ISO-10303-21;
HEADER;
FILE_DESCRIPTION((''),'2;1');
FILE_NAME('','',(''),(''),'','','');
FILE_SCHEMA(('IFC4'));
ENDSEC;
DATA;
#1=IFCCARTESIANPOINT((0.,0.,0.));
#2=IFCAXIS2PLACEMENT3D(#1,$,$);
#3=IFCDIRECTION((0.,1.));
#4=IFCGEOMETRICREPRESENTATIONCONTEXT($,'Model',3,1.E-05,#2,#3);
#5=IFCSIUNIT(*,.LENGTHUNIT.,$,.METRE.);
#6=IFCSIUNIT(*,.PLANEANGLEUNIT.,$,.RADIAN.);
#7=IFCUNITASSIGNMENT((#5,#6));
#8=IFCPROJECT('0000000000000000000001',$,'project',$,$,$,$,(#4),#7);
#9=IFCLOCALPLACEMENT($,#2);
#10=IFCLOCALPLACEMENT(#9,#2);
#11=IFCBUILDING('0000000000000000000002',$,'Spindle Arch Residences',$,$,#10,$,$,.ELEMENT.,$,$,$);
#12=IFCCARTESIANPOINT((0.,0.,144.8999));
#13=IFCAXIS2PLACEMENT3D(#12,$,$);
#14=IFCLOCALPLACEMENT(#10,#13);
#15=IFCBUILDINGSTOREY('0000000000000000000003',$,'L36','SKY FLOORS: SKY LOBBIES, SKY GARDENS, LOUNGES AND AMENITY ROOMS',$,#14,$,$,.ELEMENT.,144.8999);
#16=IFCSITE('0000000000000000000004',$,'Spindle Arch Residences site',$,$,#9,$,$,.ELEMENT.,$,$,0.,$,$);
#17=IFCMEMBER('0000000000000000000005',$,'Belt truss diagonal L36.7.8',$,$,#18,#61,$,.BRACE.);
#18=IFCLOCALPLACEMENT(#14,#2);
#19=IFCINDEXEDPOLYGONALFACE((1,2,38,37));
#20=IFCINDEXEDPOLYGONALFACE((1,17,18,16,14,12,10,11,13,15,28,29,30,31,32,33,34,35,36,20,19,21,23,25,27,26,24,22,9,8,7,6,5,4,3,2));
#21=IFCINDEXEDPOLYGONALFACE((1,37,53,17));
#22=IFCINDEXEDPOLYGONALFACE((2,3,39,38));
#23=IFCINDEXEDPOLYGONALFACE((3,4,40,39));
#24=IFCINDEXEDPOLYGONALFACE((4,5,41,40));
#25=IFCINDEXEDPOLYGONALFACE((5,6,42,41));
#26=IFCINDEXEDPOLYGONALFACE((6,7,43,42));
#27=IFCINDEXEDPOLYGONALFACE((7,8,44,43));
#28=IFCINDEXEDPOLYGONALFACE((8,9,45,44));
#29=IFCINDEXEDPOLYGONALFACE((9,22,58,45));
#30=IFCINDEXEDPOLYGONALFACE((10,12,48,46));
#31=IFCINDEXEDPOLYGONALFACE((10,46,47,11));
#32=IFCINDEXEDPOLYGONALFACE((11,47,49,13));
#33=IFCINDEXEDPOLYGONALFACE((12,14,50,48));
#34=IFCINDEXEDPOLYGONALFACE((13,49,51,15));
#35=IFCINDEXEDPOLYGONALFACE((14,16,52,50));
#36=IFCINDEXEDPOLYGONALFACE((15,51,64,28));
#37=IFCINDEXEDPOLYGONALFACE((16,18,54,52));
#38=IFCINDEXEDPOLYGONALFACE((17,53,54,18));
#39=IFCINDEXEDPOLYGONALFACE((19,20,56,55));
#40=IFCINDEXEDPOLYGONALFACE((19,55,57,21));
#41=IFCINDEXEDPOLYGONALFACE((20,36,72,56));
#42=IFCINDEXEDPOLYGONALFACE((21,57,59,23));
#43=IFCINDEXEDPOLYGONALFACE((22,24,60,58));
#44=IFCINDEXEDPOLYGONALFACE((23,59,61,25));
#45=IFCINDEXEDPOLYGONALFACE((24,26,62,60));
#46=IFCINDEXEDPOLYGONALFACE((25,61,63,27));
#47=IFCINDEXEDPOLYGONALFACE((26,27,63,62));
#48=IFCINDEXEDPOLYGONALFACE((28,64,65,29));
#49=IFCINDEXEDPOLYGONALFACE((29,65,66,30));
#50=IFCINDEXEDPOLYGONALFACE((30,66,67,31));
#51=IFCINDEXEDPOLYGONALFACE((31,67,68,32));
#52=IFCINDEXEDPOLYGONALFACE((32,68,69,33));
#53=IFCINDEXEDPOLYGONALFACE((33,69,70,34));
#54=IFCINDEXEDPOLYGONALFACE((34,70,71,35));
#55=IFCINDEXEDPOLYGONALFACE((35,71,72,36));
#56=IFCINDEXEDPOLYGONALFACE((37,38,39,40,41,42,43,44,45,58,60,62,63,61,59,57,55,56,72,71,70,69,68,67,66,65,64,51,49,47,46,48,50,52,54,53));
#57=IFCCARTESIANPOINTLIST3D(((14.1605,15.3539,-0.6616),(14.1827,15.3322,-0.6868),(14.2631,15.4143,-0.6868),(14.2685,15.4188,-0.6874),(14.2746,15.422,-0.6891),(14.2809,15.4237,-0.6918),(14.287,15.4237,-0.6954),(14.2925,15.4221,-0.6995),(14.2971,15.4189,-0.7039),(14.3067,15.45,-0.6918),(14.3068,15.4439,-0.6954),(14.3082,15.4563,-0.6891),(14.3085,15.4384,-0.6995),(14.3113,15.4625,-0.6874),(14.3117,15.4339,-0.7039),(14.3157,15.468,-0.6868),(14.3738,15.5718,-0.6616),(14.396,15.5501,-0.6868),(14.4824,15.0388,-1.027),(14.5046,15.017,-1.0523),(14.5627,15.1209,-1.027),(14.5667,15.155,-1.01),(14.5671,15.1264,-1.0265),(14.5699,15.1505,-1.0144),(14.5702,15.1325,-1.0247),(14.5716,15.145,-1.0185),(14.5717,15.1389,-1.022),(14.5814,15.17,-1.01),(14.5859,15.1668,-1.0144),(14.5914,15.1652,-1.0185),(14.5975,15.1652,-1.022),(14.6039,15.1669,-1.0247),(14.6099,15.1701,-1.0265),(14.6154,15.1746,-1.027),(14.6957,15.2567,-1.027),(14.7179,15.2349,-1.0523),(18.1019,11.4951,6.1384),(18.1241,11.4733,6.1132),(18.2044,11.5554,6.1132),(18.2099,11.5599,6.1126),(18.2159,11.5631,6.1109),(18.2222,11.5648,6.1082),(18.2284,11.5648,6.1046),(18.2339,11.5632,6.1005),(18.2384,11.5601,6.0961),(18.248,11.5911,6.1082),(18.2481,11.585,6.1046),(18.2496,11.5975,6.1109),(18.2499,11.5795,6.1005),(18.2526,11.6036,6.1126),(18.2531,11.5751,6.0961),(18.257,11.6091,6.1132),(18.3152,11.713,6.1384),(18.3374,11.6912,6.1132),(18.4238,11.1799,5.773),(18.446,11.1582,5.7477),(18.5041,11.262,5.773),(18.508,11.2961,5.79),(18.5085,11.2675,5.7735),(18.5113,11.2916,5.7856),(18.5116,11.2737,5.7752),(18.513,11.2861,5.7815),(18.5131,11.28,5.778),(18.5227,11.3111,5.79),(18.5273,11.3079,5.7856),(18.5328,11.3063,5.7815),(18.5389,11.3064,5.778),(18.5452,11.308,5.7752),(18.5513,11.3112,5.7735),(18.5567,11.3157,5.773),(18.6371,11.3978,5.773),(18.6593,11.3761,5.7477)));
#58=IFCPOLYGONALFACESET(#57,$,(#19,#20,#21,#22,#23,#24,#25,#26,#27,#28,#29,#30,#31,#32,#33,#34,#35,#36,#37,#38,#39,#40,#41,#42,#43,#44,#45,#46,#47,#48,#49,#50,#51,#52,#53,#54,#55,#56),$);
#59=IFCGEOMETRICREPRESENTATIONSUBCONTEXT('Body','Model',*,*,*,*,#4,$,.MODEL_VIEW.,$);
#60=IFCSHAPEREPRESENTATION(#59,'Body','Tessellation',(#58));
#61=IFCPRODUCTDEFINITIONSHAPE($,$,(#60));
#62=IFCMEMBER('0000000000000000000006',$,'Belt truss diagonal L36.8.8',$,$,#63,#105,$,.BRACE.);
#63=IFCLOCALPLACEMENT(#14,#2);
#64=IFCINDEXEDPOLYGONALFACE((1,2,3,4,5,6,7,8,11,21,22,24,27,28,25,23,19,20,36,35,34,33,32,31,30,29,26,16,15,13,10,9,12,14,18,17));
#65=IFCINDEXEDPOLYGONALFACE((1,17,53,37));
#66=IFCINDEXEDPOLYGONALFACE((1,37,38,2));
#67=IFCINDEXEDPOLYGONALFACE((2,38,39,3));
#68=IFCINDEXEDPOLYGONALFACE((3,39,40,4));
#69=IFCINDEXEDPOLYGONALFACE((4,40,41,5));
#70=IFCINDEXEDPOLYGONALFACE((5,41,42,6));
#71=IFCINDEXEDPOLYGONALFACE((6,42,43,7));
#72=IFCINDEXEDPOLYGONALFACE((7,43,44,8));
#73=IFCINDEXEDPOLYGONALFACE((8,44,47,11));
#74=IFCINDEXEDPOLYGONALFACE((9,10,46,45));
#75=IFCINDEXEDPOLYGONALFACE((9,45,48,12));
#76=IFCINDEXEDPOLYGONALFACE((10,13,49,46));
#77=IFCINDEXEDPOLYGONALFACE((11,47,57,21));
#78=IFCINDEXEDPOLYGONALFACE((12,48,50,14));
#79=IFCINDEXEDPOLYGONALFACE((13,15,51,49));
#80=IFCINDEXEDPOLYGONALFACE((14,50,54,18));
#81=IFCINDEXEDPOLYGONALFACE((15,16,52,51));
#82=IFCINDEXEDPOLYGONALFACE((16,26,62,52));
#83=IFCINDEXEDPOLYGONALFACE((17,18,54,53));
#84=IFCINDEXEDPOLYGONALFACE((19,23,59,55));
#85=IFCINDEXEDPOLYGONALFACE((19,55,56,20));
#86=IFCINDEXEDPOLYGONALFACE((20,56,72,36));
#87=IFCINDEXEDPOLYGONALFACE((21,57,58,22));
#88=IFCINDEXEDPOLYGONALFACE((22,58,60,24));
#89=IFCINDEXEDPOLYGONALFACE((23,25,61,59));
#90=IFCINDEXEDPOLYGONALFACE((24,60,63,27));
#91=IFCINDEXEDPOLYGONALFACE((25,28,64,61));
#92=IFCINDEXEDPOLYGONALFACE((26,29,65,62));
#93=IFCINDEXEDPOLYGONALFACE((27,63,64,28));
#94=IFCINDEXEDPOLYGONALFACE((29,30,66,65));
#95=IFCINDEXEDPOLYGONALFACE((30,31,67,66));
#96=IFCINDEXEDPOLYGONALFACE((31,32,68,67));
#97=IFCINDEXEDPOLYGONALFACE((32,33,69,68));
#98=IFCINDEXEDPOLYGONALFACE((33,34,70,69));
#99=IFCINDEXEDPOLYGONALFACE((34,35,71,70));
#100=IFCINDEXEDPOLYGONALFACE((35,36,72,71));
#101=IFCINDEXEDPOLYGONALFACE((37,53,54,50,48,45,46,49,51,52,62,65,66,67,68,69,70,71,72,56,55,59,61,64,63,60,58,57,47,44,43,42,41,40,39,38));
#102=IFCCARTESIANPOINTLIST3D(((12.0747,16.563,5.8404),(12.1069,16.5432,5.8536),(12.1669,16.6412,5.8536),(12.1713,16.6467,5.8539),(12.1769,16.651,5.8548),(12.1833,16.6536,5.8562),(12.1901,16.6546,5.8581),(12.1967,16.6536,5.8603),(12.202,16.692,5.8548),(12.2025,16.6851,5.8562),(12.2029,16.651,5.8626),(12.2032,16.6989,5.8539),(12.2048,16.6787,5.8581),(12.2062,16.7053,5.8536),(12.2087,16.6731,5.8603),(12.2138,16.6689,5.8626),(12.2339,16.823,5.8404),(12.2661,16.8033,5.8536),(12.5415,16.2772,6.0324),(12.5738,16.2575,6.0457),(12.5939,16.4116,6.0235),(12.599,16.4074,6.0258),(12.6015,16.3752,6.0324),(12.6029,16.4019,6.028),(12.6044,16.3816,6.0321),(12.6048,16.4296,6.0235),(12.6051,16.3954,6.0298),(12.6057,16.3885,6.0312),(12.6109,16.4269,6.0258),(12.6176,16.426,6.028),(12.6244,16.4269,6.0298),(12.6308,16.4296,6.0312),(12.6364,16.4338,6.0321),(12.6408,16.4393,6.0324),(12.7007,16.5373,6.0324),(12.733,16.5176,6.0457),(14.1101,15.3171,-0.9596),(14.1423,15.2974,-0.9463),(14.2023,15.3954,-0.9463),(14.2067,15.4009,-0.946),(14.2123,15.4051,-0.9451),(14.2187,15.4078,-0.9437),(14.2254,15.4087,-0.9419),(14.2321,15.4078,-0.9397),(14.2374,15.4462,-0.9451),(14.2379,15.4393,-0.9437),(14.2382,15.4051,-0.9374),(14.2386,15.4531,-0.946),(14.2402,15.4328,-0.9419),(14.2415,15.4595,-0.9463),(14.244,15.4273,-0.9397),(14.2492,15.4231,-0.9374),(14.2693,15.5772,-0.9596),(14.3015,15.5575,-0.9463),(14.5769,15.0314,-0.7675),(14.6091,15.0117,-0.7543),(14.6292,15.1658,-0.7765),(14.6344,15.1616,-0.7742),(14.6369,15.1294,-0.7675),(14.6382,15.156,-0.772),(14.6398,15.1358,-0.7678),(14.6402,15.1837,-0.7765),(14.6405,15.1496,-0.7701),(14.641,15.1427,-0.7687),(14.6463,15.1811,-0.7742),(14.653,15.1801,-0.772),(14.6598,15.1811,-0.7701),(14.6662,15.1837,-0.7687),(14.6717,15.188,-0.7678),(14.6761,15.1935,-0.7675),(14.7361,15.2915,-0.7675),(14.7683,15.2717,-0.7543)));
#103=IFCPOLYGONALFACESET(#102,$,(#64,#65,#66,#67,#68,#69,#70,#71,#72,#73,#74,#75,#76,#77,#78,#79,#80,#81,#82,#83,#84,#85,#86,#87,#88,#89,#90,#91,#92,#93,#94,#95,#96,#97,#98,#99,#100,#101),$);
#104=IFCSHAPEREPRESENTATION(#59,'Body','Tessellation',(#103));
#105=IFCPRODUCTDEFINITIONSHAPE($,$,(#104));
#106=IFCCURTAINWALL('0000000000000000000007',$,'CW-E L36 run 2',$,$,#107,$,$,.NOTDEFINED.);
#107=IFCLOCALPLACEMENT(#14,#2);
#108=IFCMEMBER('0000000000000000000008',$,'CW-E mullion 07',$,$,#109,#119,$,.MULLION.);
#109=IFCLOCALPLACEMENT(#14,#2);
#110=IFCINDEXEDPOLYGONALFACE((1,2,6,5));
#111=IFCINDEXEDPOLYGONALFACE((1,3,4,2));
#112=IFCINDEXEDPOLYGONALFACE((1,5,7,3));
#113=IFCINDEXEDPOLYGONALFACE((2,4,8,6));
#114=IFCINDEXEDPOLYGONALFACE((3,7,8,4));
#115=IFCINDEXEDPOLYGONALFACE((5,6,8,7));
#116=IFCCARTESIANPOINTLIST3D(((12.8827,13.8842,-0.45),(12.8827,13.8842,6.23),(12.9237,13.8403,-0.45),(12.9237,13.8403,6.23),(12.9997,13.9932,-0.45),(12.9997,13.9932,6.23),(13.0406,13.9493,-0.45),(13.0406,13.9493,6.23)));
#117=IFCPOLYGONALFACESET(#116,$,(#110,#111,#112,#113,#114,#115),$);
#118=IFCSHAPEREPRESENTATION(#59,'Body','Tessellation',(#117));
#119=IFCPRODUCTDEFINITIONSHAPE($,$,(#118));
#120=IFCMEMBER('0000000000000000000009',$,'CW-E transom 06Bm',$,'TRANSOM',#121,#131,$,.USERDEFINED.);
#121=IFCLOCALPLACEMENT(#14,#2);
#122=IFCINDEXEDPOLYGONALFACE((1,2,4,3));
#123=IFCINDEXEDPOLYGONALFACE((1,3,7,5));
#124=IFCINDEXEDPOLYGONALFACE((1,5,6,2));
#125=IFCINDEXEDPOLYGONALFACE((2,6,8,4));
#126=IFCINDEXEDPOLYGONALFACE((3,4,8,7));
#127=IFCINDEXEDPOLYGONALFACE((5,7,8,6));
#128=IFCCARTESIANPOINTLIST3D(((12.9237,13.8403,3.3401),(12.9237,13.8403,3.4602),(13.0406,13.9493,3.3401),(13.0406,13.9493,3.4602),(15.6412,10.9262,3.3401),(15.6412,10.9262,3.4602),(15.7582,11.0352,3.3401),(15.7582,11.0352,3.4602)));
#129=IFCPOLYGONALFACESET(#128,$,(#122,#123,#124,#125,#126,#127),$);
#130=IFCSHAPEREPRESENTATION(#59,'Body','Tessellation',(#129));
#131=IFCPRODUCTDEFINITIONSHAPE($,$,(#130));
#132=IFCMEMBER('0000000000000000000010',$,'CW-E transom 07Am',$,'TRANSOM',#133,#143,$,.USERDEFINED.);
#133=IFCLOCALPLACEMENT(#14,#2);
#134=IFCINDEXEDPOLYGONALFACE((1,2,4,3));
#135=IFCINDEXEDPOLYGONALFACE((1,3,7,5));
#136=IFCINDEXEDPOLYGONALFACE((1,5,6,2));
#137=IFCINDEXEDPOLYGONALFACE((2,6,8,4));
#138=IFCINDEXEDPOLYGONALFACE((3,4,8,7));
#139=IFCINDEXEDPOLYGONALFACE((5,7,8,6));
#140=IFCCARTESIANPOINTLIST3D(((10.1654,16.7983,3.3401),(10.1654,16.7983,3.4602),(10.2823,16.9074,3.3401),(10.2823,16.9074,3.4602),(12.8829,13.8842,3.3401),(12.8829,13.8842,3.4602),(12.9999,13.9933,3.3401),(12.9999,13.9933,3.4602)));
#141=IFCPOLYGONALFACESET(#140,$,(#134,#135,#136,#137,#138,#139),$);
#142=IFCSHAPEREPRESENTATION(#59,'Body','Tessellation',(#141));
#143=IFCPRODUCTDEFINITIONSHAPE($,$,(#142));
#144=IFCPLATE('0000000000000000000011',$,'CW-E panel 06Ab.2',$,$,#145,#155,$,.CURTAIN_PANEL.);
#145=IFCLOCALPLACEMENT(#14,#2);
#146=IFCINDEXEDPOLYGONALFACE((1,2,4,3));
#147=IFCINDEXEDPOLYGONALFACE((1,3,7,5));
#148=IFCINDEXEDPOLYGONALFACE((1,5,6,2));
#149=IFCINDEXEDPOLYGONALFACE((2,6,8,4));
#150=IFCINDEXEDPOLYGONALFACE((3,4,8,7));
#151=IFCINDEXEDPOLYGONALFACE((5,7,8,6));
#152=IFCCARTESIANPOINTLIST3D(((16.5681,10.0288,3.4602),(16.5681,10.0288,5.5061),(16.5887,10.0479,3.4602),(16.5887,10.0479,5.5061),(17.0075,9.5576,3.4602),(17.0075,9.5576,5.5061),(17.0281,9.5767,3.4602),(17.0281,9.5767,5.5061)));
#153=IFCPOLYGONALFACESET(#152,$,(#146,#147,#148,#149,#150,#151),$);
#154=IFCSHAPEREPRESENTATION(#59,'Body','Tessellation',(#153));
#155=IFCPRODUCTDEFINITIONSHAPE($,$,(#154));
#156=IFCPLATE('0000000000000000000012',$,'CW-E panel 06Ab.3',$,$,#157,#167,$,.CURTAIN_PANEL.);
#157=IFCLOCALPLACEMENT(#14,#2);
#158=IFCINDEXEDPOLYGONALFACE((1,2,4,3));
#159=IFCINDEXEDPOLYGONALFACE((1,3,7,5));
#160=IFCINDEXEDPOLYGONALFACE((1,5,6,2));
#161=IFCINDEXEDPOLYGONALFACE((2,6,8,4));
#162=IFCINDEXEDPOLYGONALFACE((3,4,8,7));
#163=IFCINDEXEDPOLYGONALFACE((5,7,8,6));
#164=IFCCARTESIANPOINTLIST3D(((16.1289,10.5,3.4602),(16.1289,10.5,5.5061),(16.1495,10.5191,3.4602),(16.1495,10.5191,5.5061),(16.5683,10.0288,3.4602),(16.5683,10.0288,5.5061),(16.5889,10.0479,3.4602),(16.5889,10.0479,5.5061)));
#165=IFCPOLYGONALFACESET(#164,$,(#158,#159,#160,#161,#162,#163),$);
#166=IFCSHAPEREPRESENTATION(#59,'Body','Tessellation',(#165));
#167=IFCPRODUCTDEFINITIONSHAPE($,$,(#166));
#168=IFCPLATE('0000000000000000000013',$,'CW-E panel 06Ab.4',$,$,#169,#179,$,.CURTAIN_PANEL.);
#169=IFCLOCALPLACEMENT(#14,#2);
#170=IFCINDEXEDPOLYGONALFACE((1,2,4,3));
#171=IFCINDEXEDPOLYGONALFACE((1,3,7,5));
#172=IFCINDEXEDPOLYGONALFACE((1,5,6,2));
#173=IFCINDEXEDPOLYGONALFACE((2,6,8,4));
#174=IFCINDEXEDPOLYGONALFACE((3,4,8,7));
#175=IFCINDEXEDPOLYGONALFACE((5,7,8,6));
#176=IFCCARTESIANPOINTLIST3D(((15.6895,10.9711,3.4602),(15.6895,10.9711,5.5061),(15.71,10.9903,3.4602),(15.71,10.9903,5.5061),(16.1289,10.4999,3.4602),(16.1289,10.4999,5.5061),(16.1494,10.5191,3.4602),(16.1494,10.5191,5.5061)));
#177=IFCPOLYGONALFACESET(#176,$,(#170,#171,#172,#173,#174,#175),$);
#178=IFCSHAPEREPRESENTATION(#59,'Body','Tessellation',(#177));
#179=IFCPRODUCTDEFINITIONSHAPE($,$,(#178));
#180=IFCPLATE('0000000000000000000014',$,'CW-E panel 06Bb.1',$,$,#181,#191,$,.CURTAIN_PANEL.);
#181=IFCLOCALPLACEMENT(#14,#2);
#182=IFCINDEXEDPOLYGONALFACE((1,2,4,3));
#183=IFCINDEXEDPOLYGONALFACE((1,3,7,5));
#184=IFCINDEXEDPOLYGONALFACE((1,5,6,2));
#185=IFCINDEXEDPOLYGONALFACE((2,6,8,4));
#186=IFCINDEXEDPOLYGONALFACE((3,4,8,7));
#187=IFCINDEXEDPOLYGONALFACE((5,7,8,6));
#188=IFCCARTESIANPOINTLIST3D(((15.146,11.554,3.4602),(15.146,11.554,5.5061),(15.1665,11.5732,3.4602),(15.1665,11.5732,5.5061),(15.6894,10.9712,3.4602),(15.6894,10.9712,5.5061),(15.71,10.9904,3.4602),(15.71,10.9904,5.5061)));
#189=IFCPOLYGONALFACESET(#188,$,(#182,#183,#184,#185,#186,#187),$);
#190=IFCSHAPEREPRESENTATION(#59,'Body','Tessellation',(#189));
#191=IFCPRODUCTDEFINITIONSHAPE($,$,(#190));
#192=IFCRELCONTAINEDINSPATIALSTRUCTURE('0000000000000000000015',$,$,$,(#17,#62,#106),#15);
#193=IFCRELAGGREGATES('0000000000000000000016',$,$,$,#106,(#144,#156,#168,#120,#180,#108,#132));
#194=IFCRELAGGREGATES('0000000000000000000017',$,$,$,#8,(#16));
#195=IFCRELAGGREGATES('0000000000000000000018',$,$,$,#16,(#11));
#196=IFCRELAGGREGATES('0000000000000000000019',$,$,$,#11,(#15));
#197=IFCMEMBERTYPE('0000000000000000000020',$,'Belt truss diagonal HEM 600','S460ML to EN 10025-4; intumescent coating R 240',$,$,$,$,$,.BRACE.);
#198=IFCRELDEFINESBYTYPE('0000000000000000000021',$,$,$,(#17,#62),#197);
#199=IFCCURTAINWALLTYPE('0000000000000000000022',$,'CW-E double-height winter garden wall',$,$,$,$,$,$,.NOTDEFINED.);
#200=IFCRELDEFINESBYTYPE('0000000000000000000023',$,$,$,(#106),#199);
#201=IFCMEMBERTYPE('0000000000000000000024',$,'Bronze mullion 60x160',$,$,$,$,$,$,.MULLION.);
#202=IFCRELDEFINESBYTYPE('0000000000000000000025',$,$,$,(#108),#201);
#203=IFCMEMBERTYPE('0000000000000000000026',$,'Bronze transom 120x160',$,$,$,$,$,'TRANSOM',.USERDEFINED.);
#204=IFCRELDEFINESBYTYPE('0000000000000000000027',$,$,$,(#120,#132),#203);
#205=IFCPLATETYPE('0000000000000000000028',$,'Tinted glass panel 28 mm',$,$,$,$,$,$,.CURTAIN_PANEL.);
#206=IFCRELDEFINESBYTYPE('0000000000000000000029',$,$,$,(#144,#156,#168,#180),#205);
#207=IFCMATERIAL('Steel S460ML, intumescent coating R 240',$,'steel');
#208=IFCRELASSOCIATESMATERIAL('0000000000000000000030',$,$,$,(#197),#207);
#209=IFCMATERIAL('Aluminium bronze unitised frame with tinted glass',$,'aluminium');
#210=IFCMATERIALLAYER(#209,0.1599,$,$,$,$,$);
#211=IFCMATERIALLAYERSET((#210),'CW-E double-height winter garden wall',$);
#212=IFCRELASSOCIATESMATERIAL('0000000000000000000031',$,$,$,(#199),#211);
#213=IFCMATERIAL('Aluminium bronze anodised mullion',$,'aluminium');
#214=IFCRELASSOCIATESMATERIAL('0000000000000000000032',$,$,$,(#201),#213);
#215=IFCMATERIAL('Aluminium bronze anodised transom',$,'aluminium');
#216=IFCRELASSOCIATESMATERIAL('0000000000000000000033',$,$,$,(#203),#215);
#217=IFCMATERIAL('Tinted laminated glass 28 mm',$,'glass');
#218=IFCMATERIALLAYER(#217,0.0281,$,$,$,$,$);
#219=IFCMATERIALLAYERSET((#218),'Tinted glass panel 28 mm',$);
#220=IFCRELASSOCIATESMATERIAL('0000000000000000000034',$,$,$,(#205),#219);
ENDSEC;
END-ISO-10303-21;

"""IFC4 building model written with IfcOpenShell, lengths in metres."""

from ifc_helpers import new_model, si_unit, direction, frame, origin, origin_2d, place, context, subcontext, project, spatial, rectangle, i_section, extrude, material, layer, layer_set, material_profile, profile_set, type_object, element, aggregate, save


model = new_model("IFC4")

# Units and contexts
model_context = context("Model", 3, precision=1e-05, world=origin(), true_north=direction((0.0, 1.0)))
body_context = subcontext(model_context, "Body", "Model", "MODEL_VIEW")
ifc_project = project(units=[si_unit("LENGTHUNIT", "METRE"), si_unit("PLANEANGLEUNIT", "RADIAN")], contexts=[model_context])

# Site, building, storey
site_placement = place(None, origin())
site = spatial("IfcSite", under=ifc_project, at=site_placement, Name="Spindle Arch Residences site", CompositionType="ELEMENT", RefElevation=0.0)
building_placement = place(site_placement, origin())
building = spatial("IfcBuilding", under=site, at=building_placement, Name="Spindle Arch Residences", CompositionType="ELEMENT")
storey_placement = place(building_placement, frame((0.0, 0.0, 144.8999)))
storey = spatial("IfcBuildingStorey", under=building, at=storey_placement, Name="L36", Description="SKY FLOORS: SKY LOBBIES, SKY GARDENS, LOUNGES AND AMENITY ROOMS", CompositionType="ELEMENT", Elevation=144.8999)

# Members
ifc_material_1 = material(Name="Steel S460ML, intumescent coating R 240", Category="steel")
ifc_material_profile_1 = material_profile(ifc_material_1, i_section(OverallWidth=0.3049, OverallDepth=0.6201, WebThickness=0.021, FlangeThickness=0.04, FilletRadius=0.0271, at=origin_2d()), Name="HEM 600")
ifc_profile_set_1 = profile_set([ifc_material_profile_1], Name="Steel S460ML, intumescent coating R 240")
member_type_1 = type_object("IfcMemberType", Name="Belt truss diagonal HEM 600", Description="S460ML to EN 10025-4; intumescent coating R 240", PredefinedType="BRACE", material=ifc_profile_set_1)
member_1_placement = place(storey_placement, frame((14.4392, 15.2944, -0.8569), z_axis=(0.450141, -0.440717, 0.776622), x_axis=(0.699587, 0.714547, 0.0)))
element("IfcMember", 1, at=member_1_placement, inside=storey, type_object=member_type_1, Name="Belt truss diagonal L36.7.8", PredefinedType="BRACE", context=body_context, shape_type="SweptSolid", body=[
    extrude(i_section(OverallWidth=0.3049, OverallDepth=0.6201, WebThickness=0.021, FlangeThickness=0.04, FilletRadius=0.0271, at=origin_2d()), origin(), (0.0, 0.0, 1.0), 8.7559),
])
member_2_placement = place(storey_placement, frame((14.4392, 15.2944, -0.8569), z_axis=(-0.282434, 0.172875, 0.943581), x_axis=(-0.522058, -0.85291, 0.0)))
element("IfcMember", 2, at=member_2_placement, inside=storey, type_object=member_type_1, Name="Belt truss diagonal L36.8.8", PredefinedType="BRACE", context=body_context, shape_type="SweptSolid", body=[
    extrude(i_section(OverallWidth=0.3049, OverallDepth=0.6201, WebThickness=0.021, FlangeThickness=0.04, FilletRadius=0.0271, at=origin_2d()), origin(), (0.0, 0.0, 1.0), 7.2065),
])

# Curtain wall, members, plates
ifc_material_2 = material(Name="Aluminium bronze unitised frame with tinted glass", Category="aluminium")
ifc_layer_1 = layer(ifc_material_2, 0.1599)
ifc_layer_set_1 = layer_set([ifc_layer_1], Name="CW-E double-height winter garden wall")
curtain_wall_type = type_object("IfcCurtainWallType", Name="CW-E double-height winter garden wall", PredefinedType="NOTDEFINED", material=ifc_layer_set_1)
curtain_wall_placement = place(storey_placement, origin())
curtain_wall = element("IfcCurtainWall", 3, at=curtain_wall_placement, inside=storey, type_object=curtain_wall_type, Name="CW-E L36 run 2", PredefinedType="NOTDEFINED")
ifc_material_3 = material(Name="Aluminium bronze anodised mullion", Category="aluminium")
ifc_material_profile_2 = material_profile(ifc_material_3, rectangle(XDim=0.1599, YDim=0.0601, at=origin_2d()), Name="MU 60x160")
ifc_profile_set_2 = profile_set([ifc_material_profile_2], Name="Aluminium bronze anodised mullion")
member_type_2 = type_object("IfcMemberType", Name="Bronze mullion 60x160", PredefinedType="MULLION", material=ifc_profile_set_2)
member_3_placement = place(storey_placement, frame((12.9617, 13.9167, -0.45), z_axis=(0.0, 0.0, 1.0), x_axis=(-0.731354, -0.681998, 0.0)))
member_3 = element("IfcMember", 4, at=member_3_placement, type_object=member_type_2, Name="CW-E mullion 07", PredefinedType="MULLION", context=body_context, shape_type="SweptSolid", body=[
    extrude(rectangle(XDim=0.1599, YDim=0.0601, at=origin_2d()), origin(), (0.0, 0.0, 1.0), 6.6799),
])
ifc_material_4 = material(Name="Aluminium bronze anodised transom", Category="aluminium")
ifc_material_profile_3 = material_profile(ifc_material_4, rectangle(XDim=0.1599, YDim=0.1201, at=origin_2d()), Name="TR 120x160")
ifc_profile_set_3 = profile_set([ifc_material_profile_3], Name="Aluminium bronze anodised transom")
member_type_3 = type_object("IfcMemberType", Name="Bronze transom 120x160", ElementType="TRANSOM", PredefinedType="USERDEFINED", material=ifc_profile_set_3)
member_4_placement = place(storey_placement, frame((15.6997, 10.9807, 3.4001), z_axis=(-0.682015, 0.731338, 0.0), x_axis=(-0.731338, -0.682015, 0.0)))
member_4 = element("IfcMember", 5, at=member_4_placement, type_object=member_type_3, Name="CW-E transom 06Bm", ObjectType="TRANSOM", PredefinedType="USERDEFINED", context=body_context, shape_type="SweptSolid", body=[
    extrude(rectangle(XDim=0.1599, YDim=0.1201, at=origin_2d()), origin(), (0.0, 0.0, 1.0), 3.9846),
])
member_5_placement = place(storey_placement, frame((12.9414, 13.9387, 3.4001), z_axis=(-0.682015, 0.731338, 0.0), x_axis=(-0.731338, -0.682015, 0.0)))
member_5 = element("IfcMember", 6, at=member_5_placement, type_object=member_type_3, Name="CW-E transom 07Am", ObjectType="TRANSOM", PredefinedType="USERDEFINED", context=body_context, shape_type="SweptSolid", body=[
    extrude(rectangle(XDim=0.1599, YDim=0.1201, at=origin_2d()), origin(), (0.0, 0.0, 1.0), 3.9846),
])
ifc_material_5 = material(Name="Tinted laminated glass 28 mm", Category="glass")
ifc_layer_2 = layer(ifc_material_5, 0.0281)
ifc_layer_set_2 = layer_set([ifc_layer_2], Name="Tinted glass panel 28 mm")
plate_type_1 = type_object("IfcPlateType", Name="Tinted glass panel 28 mm", PredefinedType="CURTAIN_PANEL", material=ifc_layer_set_2)
plate_1_placement = place(storey_placement, frame((16.7981, 9.8027, 3.4602), z_axis=(0.0, 0.0, 1.0), x_axis=(-0.681998, 0.731354, 0.0)))
plate_1 = element("IfcPlate", 7, at=plate_1_placement, type_object=plate_type_1, Name="CW-E panel 06Ab.2", PredefinedType="CURTAIN_PANEL", context=body_context, shape_type="SweptSolid", body=[
    extrude(rectangle(XDim=0.6443, YDim=0.0281, at=origin_2d()), origin(), (0.0, 0.0, 1.0), 2.0459),
])
plate_2_placement = place(storey_placement, frame((16.3589, 10.2739, 3.4602), z_axis=(0.0, 0.0, 1.0), x_axis=(-0.681998, 0.731354, 0.0)))
plate_2 = element("IfcPlate", 8, at=plate_2_placement, type_object=plate_type_1, Name="CW-E panel 06Ab.3", PredefinedType="CURTAIN_PANEL", context=body_context, shape_type="SweptSolid", body=[
    extrude(rectangle(XDim=0.6443, YDim=0.0281, at=origin_2d()), origin(), (0.0, 0.0, 1.0), 2.0459),
])
plate_3_placement = place(storey_placement, frame((15.9194, 10.7451, 3.4602), z_axis=(0.0, 0.0, 1.0), x_axis=(-0.681998, 0.731354, 0.0)))
plate_3 = element("IfcPlate", 9, at=plate_3_placement, type_object=plate_type_1, Name="CW-E panel 06Ab.4", PredefinedType="CURTAIN_PANEL", context=body_context, shape_type="SweptSolid", body=[
    extrude(rectangle(XDim=0.6443, YDim=0.0281, at=origin_2d()), origin(), (0.0, 0.0, 1.0), 2.0459),
])
plate_4_placement = place(storey_placement, frame((15.428, 11.2722, 3.4602), z_axis=(0.0, 0.0, 1.0), x_axis=(-0.681998, 0.731354, 0.0)))
plate_4 = element("IfcPlate", 10, at=plate_4_placement, type_object=plate_type_1, Name="CW-E panel 06Bb.1", PredefinedType="CURTAIN_PANEL", context=body_context, shape_type="SweptSolid", body=[
    extrude(rectangle(XDim=0.7969, YDim=0.0281, at=origin_2d()), origin(), (0.0, 0.0, 1.0), 2.0459),
])
aggregate(curtain_wall, [plate_1, plate_2, plate_3, member_4, plate_4, member_3, member_5])

save(model, "model.ifc")
